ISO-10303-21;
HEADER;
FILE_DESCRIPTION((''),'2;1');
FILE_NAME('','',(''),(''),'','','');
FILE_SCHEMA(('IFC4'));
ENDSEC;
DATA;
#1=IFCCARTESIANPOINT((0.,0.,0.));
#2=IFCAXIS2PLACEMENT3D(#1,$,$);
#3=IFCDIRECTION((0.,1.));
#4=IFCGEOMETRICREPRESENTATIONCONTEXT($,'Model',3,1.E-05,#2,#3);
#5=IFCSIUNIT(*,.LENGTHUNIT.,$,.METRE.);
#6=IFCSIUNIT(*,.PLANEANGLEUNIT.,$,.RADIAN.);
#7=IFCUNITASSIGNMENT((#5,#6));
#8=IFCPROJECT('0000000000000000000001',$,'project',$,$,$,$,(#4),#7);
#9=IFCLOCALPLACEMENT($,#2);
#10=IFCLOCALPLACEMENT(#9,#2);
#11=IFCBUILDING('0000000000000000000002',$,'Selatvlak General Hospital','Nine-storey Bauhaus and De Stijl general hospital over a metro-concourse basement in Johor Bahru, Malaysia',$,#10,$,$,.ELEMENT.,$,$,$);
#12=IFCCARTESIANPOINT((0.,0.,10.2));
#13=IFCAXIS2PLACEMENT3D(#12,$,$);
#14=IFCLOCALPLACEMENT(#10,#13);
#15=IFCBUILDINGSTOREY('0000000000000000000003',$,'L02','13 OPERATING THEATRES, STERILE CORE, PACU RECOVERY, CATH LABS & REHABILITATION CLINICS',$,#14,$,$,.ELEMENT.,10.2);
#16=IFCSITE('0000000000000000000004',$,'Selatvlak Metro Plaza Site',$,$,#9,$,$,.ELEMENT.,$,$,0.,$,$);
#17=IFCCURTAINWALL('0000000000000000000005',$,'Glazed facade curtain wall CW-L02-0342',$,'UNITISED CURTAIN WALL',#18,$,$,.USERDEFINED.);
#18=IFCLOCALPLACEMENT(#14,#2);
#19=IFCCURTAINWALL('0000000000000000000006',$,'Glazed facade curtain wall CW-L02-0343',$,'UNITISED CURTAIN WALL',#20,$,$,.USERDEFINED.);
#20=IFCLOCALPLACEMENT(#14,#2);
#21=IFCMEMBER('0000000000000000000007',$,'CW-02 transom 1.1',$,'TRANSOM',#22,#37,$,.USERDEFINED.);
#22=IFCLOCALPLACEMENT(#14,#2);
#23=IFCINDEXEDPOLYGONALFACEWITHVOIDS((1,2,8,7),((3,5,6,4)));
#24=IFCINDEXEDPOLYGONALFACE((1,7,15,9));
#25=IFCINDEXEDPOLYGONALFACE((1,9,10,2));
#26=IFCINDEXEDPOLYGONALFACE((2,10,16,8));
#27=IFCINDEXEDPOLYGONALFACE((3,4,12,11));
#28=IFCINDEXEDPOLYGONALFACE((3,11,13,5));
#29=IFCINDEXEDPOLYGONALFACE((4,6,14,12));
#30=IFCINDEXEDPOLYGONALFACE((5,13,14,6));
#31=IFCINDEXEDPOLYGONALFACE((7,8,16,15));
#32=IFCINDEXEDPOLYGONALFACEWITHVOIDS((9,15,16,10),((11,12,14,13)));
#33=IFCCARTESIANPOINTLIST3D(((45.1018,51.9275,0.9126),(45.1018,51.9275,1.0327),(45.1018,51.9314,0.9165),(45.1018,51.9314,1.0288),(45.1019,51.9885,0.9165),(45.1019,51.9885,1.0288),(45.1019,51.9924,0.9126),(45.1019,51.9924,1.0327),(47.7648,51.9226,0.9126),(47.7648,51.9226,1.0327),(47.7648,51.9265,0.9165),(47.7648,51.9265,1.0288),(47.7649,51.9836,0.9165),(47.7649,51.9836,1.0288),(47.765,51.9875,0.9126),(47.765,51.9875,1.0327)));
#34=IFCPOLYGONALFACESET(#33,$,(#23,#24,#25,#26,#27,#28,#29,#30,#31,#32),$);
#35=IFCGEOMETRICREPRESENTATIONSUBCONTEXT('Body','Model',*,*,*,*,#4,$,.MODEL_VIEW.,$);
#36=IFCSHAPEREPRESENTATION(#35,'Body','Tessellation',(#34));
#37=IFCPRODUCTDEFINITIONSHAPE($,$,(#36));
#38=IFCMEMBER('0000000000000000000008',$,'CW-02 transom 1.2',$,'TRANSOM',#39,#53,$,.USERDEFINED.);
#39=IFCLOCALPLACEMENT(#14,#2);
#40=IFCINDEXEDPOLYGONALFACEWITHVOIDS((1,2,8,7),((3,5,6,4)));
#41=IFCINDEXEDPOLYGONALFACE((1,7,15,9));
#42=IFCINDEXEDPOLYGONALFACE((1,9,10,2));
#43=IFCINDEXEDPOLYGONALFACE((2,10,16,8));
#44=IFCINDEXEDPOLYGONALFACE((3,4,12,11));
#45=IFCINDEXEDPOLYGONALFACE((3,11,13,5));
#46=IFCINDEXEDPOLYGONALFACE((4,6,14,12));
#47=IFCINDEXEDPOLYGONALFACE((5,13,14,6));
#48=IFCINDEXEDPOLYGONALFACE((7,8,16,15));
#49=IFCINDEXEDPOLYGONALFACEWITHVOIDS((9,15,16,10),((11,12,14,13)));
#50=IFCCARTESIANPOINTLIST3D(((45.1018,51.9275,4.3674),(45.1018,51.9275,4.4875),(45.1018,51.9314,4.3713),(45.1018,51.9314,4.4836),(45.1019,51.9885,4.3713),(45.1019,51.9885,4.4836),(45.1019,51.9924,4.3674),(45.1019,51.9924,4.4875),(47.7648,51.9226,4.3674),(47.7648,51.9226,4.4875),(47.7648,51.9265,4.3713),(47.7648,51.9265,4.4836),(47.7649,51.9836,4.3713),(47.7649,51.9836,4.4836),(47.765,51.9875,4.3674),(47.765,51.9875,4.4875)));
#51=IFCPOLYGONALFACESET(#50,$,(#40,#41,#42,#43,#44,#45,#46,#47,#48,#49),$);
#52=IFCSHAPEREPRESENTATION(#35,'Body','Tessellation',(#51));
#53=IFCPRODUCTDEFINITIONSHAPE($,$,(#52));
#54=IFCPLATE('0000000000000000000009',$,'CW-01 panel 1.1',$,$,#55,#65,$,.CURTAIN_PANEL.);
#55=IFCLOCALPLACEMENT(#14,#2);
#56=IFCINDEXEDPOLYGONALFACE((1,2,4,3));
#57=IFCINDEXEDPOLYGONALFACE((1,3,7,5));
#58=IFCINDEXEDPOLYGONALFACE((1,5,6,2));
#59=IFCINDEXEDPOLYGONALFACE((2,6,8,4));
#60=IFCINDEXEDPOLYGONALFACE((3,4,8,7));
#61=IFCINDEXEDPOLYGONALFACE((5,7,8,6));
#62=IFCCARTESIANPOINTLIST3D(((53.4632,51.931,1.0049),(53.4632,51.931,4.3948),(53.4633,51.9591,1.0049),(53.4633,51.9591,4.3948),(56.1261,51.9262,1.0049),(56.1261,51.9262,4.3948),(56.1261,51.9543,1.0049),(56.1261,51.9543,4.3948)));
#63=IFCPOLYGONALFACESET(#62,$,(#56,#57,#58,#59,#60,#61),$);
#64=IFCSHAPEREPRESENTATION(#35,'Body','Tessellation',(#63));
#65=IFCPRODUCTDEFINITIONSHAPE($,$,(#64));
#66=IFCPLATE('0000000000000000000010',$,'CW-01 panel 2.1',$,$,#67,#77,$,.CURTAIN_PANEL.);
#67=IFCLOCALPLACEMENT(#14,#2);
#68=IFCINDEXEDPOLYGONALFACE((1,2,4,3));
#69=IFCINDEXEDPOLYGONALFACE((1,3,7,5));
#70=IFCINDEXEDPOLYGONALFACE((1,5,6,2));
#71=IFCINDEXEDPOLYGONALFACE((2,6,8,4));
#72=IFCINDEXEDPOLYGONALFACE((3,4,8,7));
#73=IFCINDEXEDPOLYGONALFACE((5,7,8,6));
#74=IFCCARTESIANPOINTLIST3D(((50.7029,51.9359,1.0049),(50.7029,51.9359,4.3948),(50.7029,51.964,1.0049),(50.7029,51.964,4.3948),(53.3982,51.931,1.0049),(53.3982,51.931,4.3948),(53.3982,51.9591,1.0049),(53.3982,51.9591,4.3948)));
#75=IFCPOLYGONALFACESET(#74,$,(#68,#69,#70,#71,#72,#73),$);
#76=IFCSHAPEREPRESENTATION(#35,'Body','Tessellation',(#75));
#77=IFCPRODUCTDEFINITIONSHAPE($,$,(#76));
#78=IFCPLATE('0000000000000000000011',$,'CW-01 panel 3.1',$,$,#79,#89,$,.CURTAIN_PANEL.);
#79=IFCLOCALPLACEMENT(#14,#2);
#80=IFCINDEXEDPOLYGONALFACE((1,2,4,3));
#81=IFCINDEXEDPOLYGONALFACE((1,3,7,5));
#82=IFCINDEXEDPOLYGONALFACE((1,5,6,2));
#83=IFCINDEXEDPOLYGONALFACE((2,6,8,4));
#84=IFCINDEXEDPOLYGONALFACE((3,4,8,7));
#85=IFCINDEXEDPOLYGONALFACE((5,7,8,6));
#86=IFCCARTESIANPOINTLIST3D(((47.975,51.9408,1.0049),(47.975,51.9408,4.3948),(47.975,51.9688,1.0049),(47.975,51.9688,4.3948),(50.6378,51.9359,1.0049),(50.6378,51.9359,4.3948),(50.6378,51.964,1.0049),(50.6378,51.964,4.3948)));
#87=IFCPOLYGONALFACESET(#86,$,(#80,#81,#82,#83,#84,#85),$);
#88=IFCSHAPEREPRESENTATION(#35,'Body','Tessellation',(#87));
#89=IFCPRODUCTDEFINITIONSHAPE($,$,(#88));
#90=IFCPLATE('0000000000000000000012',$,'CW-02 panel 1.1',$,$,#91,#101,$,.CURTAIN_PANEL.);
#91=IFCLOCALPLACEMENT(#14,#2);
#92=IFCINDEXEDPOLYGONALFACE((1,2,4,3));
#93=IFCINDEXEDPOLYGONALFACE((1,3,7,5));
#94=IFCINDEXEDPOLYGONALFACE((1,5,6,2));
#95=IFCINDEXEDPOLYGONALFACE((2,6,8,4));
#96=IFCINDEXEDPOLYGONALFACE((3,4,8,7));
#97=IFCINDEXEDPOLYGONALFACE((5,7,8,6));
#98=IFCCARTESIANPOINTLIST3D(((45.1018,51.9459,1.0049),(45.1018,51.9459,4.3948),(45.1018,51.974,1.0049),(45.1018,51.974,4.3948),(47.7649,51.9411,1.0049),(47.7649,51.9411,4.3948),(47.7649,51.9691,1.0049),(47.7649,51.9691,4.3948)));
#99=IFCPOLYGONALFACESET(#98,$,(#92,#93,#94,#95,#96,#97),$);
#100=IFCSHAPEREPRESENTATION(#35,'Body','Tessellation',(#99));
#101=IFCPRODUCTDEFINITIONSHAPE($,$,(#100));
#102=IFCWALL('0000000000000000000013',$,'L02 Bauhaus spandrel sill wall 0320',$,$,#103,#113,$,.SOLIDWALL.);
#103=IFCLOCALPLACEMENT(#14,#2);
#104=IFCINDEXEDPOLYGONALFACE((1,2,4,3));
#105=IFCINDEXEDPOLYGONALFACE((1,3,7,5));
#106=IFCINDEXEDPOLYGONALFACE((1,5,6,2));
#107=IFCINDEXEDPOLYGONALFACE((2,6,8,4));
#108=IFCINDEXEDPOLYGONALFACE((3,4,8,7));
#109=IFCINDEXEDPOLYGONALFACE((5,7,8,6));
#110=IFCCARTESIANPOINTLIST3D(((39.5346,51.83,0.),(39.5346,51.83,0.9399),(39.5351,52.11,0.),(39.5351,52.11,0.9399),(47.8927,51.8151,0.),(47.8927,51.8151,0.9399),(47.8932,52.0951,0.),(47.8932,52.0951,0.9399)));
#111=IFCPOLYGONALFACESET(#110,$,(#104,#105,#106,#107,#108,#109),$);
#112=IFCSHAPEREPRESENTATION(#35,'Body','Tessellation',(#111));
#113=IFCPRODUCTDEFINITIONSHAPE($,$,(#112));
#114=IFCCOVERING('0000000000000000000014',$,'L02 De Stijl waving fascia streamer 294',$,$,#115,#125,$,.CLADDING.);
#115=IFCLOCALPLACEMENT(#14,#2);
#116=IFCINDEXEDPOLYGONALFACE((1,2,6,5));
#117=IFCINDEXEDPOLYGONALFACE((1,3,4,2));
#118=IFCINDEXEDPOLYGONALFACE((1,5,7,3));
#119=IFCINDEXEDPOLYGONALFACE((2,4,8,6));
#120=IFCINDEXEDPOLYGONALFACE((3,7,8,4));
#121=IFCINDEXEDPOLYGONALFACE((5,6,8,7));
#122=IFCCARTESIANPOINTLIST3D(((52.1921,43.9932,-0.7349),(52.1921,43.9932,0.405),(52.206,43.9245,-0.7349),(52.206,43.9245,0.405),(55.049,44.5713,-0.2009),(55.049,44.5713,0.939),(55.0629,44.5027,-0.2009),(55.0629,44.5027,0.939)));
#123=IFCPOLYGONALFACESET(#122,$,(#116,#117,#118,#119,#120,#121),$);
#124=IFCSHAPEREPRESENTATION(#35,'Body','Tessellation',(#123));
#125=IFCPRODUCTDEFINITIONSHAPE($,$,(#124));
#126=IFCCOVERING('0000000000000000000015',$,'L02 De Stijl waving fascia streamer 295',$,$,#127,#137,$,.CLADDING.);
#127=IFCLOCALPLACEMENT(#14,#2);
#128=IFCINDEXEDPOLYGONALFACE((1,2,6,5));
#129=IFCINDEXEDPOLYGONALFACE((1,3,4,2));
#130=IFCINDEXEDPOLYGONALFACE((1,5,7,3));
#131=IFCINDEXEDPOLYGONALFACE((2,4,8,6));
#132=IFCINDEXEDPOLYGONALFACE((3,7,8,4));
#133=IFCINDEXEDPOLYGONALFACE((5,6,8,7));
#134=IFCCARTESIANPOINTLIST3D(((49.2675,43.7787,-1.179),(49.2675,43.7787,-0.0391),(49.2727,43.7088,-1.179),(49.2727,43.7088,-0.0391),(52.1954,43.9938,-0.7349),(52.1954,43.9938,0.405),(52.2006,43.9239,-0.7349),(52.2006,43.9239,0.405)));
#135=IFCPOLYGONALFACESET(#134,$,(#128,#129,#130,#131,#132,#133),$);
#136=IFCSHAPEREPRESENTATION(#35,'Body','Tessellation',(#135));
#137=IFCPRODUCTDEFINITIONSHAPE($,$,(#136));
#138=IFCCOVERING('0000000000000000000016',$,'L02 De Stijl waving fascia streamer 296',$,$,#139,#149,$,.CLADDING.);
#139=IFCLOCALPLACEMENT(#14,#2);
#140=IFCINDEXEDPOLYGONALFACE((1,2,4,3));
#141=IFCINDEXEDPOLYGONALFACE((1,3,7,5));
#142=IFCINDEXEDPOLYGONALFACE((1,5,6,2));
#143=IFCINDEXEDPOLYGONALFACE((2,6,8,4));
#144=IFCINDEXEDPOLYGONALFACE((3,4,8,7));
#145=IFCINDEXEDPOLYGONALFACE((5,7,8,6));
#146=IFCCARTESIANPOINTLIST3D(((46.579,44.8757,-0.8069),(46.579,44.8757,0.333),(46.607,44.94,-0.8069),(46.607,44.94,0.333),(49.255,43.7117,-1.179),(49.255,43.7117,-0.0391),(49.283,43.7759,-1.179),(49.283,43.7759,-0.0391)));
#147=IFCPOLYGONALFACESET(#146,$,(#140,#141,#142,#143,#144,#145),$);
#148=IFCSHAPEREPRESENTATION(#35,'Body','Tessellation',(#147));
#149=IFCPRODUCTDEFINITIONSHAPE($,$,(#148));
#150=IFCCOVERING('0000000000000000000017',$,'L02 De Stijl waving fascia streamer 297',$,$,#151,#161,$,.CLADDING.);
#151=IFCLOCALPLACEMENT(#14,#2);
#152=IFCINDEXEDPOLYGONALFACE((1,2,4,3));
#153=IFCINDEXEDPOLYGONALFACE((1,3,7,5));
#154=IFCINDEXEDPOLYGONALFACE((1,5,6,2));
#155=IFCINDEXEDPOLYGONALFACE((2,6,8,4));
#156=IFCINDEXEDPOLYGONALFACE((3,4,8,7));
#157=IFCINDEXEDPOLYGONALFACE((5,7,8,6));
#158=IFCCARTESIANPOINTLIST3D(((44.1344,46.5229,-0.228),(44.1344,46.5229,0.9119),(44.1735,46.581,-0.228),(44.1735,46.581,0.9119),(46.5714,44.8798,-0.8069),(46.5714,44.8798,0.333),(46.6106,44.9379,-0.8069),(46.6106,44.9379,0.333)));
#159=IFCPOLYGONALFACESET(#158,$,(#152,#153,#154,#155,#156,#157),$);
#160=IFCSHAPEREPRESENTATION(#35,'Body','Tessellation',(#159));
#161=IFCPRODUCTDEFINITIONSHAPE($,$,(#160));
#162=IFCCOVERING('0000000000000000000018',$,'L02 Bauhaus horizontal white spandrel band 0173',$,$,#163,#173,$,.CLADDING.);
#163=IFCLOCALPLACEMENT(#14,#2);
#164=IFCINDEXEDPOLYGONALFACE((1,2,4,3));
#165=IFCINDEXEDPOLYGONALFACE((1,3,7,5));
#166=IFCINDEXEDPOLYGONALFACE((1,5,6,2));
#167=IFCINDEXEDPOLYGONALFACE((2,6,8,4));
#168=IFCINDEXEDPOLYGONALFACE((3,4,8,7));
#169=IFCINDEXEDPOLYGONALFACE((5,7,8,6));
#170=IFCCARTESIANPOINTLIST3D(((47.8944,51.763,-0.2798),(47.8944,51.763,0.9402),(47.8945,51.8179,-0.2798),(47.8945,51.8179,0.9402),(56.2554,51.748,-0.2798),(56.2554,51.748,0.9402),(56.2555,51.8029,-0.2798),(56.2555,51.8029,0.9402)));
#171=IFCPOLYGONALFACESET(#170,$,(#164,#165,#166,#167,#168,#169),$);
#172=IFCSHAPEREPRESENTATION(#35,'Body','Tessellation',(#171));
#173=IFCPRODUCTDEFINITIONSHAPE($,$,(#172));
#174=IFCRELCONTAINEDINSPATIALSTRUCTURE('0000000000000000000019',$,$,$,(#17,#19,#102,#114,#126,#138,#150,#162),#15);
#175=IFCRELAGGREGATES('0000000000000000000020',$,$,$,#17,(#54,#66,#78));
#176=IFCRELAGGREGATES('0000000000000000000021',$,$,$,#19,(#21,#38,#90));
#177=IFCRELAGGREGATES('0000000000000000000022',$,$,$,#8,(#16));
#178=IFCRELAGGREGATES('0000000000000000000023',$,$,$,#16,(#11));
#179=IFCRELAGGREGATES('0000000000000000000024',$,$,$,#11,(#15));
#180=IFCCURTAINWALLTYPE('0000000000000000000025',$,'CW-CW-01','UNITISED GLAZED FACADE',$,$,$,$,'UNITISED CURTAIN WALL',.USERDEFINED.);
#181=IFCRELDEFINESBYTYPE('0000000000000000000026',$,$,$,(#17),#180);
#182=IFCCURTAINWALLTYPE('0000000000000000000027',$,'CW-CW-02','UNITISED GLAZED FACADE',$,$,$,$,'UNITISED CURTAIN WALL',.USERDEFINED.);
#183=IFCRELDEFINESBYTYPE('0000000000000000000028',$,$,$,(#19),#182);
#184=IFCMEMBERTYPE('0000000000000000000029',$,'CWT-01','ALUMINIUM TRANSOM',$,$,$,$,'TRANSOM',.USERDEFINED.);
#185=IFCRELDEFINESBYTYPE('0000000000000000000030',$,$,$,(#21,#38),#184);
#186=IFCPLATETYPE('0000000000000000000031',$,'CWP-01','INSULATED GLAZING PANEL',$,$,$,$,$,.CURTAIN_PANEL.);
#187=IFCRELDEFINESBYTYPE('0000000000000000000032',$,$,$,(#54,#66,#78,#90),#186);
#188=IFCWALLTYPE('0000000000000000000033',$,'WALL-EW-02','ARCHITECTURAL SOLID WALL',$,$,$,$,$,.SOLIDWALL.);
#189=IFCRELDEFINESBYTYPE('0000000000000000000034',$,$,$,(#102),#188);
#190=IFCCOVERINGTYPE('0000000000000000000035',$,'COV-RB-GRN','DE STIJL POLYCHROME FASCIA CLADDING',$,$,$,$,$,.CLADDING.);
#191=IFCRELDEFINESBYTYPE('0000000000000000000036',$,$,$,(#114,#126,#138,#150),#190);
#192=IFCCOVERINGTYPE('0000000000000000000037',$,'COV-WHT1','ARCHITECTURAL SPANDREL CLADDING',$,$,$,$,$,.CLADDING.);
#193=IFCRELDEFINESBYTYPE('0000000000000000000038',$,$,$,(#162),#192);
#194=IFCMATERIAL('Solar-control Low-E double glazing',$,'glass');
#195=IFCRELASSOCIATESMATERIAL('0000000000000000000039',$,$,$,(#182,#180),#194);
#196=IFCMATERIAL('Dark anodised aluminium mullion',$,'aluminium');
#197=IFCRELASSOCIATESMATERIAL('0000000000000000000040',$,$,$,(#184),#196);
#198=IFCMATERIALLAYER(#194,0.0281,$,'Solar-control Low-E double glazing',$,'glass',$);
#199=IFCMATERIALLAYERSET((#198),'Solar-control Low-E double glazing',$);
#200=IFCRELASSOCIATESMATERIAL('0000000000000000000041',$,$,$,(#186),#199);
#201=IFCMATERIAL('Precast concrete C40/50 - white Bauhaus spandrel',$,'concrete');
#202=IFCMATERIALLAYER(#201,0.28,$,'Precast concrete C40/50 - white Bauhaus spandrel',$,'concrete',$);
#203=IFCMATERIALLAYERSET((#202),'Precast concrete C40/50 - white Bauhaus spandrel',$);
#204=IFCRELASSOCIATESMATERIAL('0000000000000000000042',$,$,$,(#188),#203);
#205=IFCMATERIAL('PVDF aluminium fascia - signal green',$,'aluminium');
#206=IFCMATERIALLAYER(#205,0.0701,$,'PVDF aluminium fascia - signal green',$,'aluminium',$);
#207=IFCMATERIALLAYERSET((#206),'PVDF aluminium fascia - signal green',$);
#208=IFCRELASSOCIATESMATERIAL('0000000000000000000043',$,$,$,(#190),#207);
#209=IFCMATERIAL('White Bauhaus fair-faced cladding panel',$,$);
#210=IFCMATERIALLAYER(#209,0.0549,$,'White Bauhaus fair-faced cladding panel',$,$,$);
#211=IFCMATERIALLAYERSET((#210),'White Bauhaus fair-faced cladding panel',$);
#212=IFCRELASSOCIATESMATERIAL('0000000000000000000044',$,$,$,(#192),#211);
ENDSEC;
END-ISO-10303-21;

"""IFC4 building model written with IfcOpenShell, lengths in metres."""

from ifc_helpers import new_model, si_unit, direction, frame, frame_2d, origin, origin_2d, place, context, subcontext, project, spatial, polyline, rectangle, hollow_rectangle, outline, extrude, material, layer, layer_set, material_profile, profile_set, type_object, element, aggregate, save


model = new_model("IFC4")

# Units and contexts
model_context = context("Model", 3, precision=1e-05, world=origin(), true_north=direction((0.0, 1.0)))
body_context = subcontext(model_context, "Body", "Model", "MODEL_VIEW")
ifc_project = project(units=[si_unit("LENGTHUNIT", "METRE"), si_unit("PLANEANGLEUNIT", "RADIAN")], contexts=[model_context])

# Site, building, storey
site_placement = place(None, origin())
site = spatial("IfcSite", under=ifc_project, at=site_placement, Name="Selatvlak Metro Plaza Site", CompositionType="ELEMENT", RefElevation=0.0)
building_placement = place(site_placement, origin())
building = spatial("IfcBuilding", under=site, at=building_placement, Name="Selatvlak General Hospital", Description="Nine-storey Bauhaus and De Stijl general hospital over a metro-concourse basement in Johor Bahru, Malaysia", CompositionType="ELEMENT")
storey_placement = place(building_placement, frame((0.0, 0.0, 10.2)))
storey = spatial("IfcBuildingStorey", under=building, at=storey_placement, Name="L02", Description="13 OPERATING THEATRES, STERILE CORE, PACU RECOVERY, CATH LABS & REHABILITATION CLINICS", CompositionType="ELEMENT", Elevation=10.2)

# Shared definitions
ifc_material_1 = material(Name="Solar-control Low-E double glazing", Category="glass")
curtain_wall_type_1 = type_object("IfcCurtainWallType", Name="CW-CW-02", Description="UNITISED GLAZED FACADE", ElementType="UNITISED CURTAIN WALL", PredefinedType="USERDEFINED", material=ifc_material_1)
ifc_material_2 = material(Name="Dark anodised aluminium mullion", Category="aluminium")

# Curtain wall
curtain_wall_type_2 = type_object("IfcCurtainWallType", Name="CW-CW-01", Description="UNITISED GLAZED FACADE", ElementType="UNITISED CURTAIN WALL", PredefinedType="USERDEFINED", material=ifc_material_1)
curtain_wall_1_placement = place(storey_placement, origin())
curtain_wall_1 = element("IfcCurtainWall", 1, at=curtain_wall_1_placement, inside=storey, type_object=curtain_wall_type_2, Name="Glazed facade curtain wall CW-L02-0342", ObjectType="UNITISED CURTAIN WALL", PredefinedType="USERDEFINED")

# Curtain wall
curtain_wall_2_placement = place(storey_placement, origin())
curtain_wall_2 = element("IfcCurtainWall", 2, at=curtain_wall_2_placement, inside=storey, type_object=curtain_wall_type_1, Name="Glazed facade curtain wall CW-L02-0343", ObjectType="UNITISED CURTAIN WALL", PredefinedType="USERDEFINED")

# Members
ifc_material_profile_1 = material_profile(ifc_material_2, hollow_rectangle(XDim=0.0649, YDim=0.1201, WallThickness=0.0039, at=origin_2d()), Name="AL-TRN 65x120x4")
ifc_profile_set_1 = profile_set([ifc_material_profile_1], Name="Dark anodised aluminium mullion")
member_type_1 = type_object("IfcMemberType", Name="CWT-01", Description="ALUMINIUM TRANSOM", ElementType="TRANSOM", PredefinedType="USERDEFINED", material=ifc_profile_set_1)
member_1_placement = place(storey_placement, frame((47.7649, 51.9551, 0.9727), z_axis=(-0.999998, 0.001834, 0.0), x_axis=(-0.001834, -0.999998, 0.0)))
member_1 = element("IfcMember", 3, at=member_1_placement, type_object=member_type_1, Name="CW-02 transom 1.1", ObjectType="TRANSOM", PredefinedType="USERDEFINED", context=body_context, shape_type="SweptSolid", body=[
    extrude(hollow_rectangle(XDim=0.0649, YDim=0.1201, WallThickness=0.0039, at=origin_2d()), origin(), (0.0, 0.0, 1.0), 2.6631),
])
member_2_placement = place(storey_placement, frame((47.7649, 51.9551, 4.4275), z_axis=(-0.999998, 0.001834, 0.0), x_axis=(-0.001834, -0.999998, 0.0)))
member_2 = element("IfcMember", 4, at=member_2_placement, type_object=member_type_1, Name="CW-02 transom 1.2", ObjectType="TRANSOM", PredefinedType="USERDEFINED", context=body_context, shape_type="SweptSolid", body=[
    extrude(hollow_rectangle(XDim=0.0649, YDim=0.1201, WallThickness=0.0039, at=origin_2d()), origin(), (0.0, 0.0, 1.0), 2.6631),
])

# Plates
ifc_layer_1 = layer(ifc_material_1, 0.0281, Name="Solar-control Low-E double glazing", Category="glass")
ifc_layer_set_1 = layer_set([ifc_layer_1], Name="Solar-control Low-E double glazing")
plate_type = type_object("IfcPlateType", Name="CWP-01", Description="INSULATED GLAZING PANEL", PredefinedType="CURTAIN_PANEL", material=ifc_layer_set_1)
plate_1_placement = place(storey_placement, frame((54.7947, 51.9426, 1.0049), z_axis=(0.0, 0.0, 1.0), x_axis=(-0.999998, 0.001811, 0.0)))
plate_1 = element("IfcPlate", 5, at=plate_1_placement, type_object=plate_type, Name="CW-01 panel 1.1", PredefinedType="CURTAIN_PANEL", context=body_context, shape_type="SweptSolid", body=[
    extrude(rectangle(XDim=2.6628, YDim=0.0281, at=origin_2d()), origin(), (0.0, 0.0, 1.0), 3.3899),
])
plate_2_placement = place(storey_placement, frame((52.0505, 51.9475, 1.0049), z_axis=(0.0, 0.0, 1.0), x_axis=(-0.999998, 0.001811, 0.0)))
plate_2 = element("IfcPlate", 6, at=plate_2_placement, type_object=plate_type, Name="CW-01 panel 2.1", PredefinedType="CURTAIN_PANEL", context=body_context, shape_type="SweptSolid", body=[
    extrude(rectangle(XDim=2.6953, YDim=0.0281, at=origin_2d()), origin(), (0.0, 0.0, 1.0), 3.3899),
])
plate_3_placement = place(storey_placement, frame((49.3064, 51.9524, 1.0049), z_axis=(0.0, 0.0, 1.0), x_axis=(-0.999998, 0.001811, 0.0)))
plate_3 = element("IfcPlate", 7, at=plate_3_placement, type_object=plate_type, Name="CW-01 panel 3.1", PredefinedType="CURTAIN_PANEL", context=body_context, shape_type="SweptSolid", body=[
    extrude(rectangle(XDim=2.6628, YDim=0.0281, at=origin_2d()), origin(), (0.0, 0.0, 1.0), 3.3899),
])
aggregate(curtain_wall_1, [plate_1, plate_2, plate_3])
plate_4_placement = place(storey_placement, frame((46.4333, 51.9575, 1.0049), z_axis=(0.0, 0.0, 1.0), x_axis=(-0.999998, 0.001811, 0.0)))
plate_4 = element("IfcPlate", 8, at=plate_4_placement, type_object=plate_type, Name="CW-02 panel 1.1", PredefinedType="CURTAIN_PANEL", context=body_context, shape_type="SweptSolid", body=[
    extrude(rectangle(XDim=2.6631, YDim=0.0281, at=origin_2d()), origin(), (0.0, 0.0, 1.0), 3.3899),
])
aggregate(curtain_wall_2, [member_1, member_2, plate_4])

# Wall
ifc_material_3 = material(Name="Precast concrete C40/50 - white Bauhaus spandrel", Category="concrete")
ifc_layer_2 = layer(ifc_material_3, 0.28, Name="Precast concrete C40/50 - white Bauhaus spandrel", Category="concrete")
ifc_layer_set_2 = layer_set([ifc_layer_2], Name="Precast concrete C40/50 - white Bauhaus spandrel")
wall_type = type_object("IfcWallType", Name="WALL-EW-02", Description="ARCHITECTURAL SOLID WALL", PredefinedType="SOLIDWALL", material=ifc_layer_set_2)
wall_placement = place(storey_placement, frame((47.8931, 51.9551, 0.0), z_axis=(0.0, 0.0, 1.0), x_axis=(-0.999998, 0.001782, 0.0)))
element("IfcWall", 9, at=wall_placement, inside=storey, type_object=wall_type, Name="L02 Bauhaus spandrel sill wall 0320", PredefinedType="SOLIDWALL", context=body_context, shape_type="SweptSolid", body=[
    extrude(rectangle(XDim=8.3582, YDim=0.28, at=frame_2d((4.1792, 0.0))), origin(), (0.0, 0.0, 1.0), 0.9399),
])

# Coverings
ifc_material_4 = material(Name="PVDF aluminium fascia - signal green", Category="aluminium")
ifc_layer_3 = layer(ifc_material_4, 0.0701, Name="PVDF aluminium fascia - signal green", Category="aluminium")
ifc_layer_set_3 = layer_set([ifc_layer_3], Name="PVDF aluminium fascia - signal green")
covering_type_1 = type_object("IfcCoveringType", Name="COV-RB-GRN", Description="DE STIJL POLYCHROME FASCIA CLADDING", PredefinedType="CLADDING", material=ifc_layer_set_3)
covering_1_placement = place(storey_placement, frame((55.0559, 44.5371, -0.2009), z_axis=(0.0, 0.0, 1.0), x_axis=(-0.980134, -0.198338, 0.0)))
element("IfcCovering", 10, at=covering_1_placement, inside=storey, type_object=covering_type_1, Name="L02 De Stijl waving fascia streamer 294", PredefinedType="CLADDING", context=body_context, shape_type="SweptSolid", body=[
    extrude(outline(polyline([(0.0, 0.0), (2.9148, -0.5339), (2.9148, 0.606), (0.0, 1.1399), (0.0, 0.0)])), frame((0.0, 0.0352, 0.0), z_axis=(0.0, -1.0, 0.0), x_axis=(1.0, 0.0, 0.0)), (0.0, 0.0, 1.0), 0.0701),
])
covering_2_placement = place(storey_placement, frame((52.198, 43.959, -0.7349), z_axis=(0.0, 0.0, 1.0), x_axis=(-0.997313, -0.073262, 0.0)))
element("IfcCovering", 11, at=covering_2_placement, inside=storey, type_object=covering_type_1, Name="L02 De Stijl waving fascia streamer 295", PredefinedType="CLADDING", context=body_context, shape_type="SweptSolid", body=[
    extrude(outline(polyline([(0.0, 0.0), (2.9358, -0.4441), (2.9358, 0.6958), (0.0, 1.1399), (0.0, 0.0)])), frame((0.0, 0.0352, 0.0), z_axis=(0.0, -1.0, 0.0), x_axis=(1.0, 0.0, 0.0)), (0.0, 0.0, 1.0), 0.0701),
])
covering_3_placement = place(storey_placement, frame((49.269, 43.7439, -1.179), z_axis=(0.0, 0.0, 1.0), x_axis=(-0.916998, 0.398891, 0.0)))
element("IfcCovering", 12, at=covering_3_placement, inside=storey, type_object=covering_type_1, Name="L02 De Stijl waving fascia streamer 296", PredefinedType="CLADDING", context=body_context, shape_type="SweptSolid", body=[
    extrude(outline(polyline([(0.0, 0.0), (2.9182, 0.3721), (2.9182, 1.512), (0.0, 1.1399), (0.0, 0.0)])), frame((0.0, 0.0352, 0.0), z_axis=(0.0, -1.0, 0.0), x_axis=(1.0, 0.0, 0.0)), (0.0, 0.0, 1.0), 0.0701),
])
covering_4_placement = place(storey_placement, frame((46.5911, 44.9089, -0.8069), z_axis=(0.0, 0.0, 1.0), x_axis=(-0.829151, 0.559025, 0.0)))
element("IfcCovering", 13, at=covering_4_placement, inside=storey, type_object=covering_type_1, Name="L02 De Stijl waving fascia streamer 297", PredefinedType="CLADDING", context=body_context, shape_type="SweptSolid", body=[
    extrude(outline(polyline([(0.0, 0.0), (2.9392, 0.5789), (2.9392, 1.7188), (0.0, 1.1399), (0.0, 0.0)])), frame((0.0, 0.0352, 0.0), z_axis=(0.0, -1.0, 0.0), x_axis=(1.0, 0.0, 0.0)), (0.0, 0.0, 1.0), 0.0701),
])
ifc_material_5 = material(Name="White Bauhaus fair-faced cladding panel")
ifc_layer_4 = layer(ifc_material_5, 0.0549, Name="White Bauhaus fair-faced cladding panel")
ifc_layer_set_4 = layer_set([ifc_layer_4], Name="White Bauhaus fair-faced cladding panel")
covering_type_2 = type_object("IfcCoveringType", Name="COV-WHT1", Description="ARCHITECTURAL SPANDREL CLADDING", PredefinedType="CLADDING", material=ifc_layer_set_4)
covering_5_placement = place(storey_placement, frame((52.075, 51.783, -0.2798), z_axis=(0.0, 0.0, 1.0), x_axis=(-0.999998, 0.001798, 0.0)))
element("IfcCovering", 14, at=covering_5_placement, inside=storey, type_object=covering_type_2, Name="L02 Bauhaus horizontal white spandrel band 0173", PredefinedType="CLADDING", context=body_context, shape_type="SweptSolid", body=[
    extrude(rectangle(XDim=8.3611, YDim=0.0549, at=origin_2d()), origin(), (0.0, 0.0, 1.0), 1.22),
])

save(model, "model.ifc")
